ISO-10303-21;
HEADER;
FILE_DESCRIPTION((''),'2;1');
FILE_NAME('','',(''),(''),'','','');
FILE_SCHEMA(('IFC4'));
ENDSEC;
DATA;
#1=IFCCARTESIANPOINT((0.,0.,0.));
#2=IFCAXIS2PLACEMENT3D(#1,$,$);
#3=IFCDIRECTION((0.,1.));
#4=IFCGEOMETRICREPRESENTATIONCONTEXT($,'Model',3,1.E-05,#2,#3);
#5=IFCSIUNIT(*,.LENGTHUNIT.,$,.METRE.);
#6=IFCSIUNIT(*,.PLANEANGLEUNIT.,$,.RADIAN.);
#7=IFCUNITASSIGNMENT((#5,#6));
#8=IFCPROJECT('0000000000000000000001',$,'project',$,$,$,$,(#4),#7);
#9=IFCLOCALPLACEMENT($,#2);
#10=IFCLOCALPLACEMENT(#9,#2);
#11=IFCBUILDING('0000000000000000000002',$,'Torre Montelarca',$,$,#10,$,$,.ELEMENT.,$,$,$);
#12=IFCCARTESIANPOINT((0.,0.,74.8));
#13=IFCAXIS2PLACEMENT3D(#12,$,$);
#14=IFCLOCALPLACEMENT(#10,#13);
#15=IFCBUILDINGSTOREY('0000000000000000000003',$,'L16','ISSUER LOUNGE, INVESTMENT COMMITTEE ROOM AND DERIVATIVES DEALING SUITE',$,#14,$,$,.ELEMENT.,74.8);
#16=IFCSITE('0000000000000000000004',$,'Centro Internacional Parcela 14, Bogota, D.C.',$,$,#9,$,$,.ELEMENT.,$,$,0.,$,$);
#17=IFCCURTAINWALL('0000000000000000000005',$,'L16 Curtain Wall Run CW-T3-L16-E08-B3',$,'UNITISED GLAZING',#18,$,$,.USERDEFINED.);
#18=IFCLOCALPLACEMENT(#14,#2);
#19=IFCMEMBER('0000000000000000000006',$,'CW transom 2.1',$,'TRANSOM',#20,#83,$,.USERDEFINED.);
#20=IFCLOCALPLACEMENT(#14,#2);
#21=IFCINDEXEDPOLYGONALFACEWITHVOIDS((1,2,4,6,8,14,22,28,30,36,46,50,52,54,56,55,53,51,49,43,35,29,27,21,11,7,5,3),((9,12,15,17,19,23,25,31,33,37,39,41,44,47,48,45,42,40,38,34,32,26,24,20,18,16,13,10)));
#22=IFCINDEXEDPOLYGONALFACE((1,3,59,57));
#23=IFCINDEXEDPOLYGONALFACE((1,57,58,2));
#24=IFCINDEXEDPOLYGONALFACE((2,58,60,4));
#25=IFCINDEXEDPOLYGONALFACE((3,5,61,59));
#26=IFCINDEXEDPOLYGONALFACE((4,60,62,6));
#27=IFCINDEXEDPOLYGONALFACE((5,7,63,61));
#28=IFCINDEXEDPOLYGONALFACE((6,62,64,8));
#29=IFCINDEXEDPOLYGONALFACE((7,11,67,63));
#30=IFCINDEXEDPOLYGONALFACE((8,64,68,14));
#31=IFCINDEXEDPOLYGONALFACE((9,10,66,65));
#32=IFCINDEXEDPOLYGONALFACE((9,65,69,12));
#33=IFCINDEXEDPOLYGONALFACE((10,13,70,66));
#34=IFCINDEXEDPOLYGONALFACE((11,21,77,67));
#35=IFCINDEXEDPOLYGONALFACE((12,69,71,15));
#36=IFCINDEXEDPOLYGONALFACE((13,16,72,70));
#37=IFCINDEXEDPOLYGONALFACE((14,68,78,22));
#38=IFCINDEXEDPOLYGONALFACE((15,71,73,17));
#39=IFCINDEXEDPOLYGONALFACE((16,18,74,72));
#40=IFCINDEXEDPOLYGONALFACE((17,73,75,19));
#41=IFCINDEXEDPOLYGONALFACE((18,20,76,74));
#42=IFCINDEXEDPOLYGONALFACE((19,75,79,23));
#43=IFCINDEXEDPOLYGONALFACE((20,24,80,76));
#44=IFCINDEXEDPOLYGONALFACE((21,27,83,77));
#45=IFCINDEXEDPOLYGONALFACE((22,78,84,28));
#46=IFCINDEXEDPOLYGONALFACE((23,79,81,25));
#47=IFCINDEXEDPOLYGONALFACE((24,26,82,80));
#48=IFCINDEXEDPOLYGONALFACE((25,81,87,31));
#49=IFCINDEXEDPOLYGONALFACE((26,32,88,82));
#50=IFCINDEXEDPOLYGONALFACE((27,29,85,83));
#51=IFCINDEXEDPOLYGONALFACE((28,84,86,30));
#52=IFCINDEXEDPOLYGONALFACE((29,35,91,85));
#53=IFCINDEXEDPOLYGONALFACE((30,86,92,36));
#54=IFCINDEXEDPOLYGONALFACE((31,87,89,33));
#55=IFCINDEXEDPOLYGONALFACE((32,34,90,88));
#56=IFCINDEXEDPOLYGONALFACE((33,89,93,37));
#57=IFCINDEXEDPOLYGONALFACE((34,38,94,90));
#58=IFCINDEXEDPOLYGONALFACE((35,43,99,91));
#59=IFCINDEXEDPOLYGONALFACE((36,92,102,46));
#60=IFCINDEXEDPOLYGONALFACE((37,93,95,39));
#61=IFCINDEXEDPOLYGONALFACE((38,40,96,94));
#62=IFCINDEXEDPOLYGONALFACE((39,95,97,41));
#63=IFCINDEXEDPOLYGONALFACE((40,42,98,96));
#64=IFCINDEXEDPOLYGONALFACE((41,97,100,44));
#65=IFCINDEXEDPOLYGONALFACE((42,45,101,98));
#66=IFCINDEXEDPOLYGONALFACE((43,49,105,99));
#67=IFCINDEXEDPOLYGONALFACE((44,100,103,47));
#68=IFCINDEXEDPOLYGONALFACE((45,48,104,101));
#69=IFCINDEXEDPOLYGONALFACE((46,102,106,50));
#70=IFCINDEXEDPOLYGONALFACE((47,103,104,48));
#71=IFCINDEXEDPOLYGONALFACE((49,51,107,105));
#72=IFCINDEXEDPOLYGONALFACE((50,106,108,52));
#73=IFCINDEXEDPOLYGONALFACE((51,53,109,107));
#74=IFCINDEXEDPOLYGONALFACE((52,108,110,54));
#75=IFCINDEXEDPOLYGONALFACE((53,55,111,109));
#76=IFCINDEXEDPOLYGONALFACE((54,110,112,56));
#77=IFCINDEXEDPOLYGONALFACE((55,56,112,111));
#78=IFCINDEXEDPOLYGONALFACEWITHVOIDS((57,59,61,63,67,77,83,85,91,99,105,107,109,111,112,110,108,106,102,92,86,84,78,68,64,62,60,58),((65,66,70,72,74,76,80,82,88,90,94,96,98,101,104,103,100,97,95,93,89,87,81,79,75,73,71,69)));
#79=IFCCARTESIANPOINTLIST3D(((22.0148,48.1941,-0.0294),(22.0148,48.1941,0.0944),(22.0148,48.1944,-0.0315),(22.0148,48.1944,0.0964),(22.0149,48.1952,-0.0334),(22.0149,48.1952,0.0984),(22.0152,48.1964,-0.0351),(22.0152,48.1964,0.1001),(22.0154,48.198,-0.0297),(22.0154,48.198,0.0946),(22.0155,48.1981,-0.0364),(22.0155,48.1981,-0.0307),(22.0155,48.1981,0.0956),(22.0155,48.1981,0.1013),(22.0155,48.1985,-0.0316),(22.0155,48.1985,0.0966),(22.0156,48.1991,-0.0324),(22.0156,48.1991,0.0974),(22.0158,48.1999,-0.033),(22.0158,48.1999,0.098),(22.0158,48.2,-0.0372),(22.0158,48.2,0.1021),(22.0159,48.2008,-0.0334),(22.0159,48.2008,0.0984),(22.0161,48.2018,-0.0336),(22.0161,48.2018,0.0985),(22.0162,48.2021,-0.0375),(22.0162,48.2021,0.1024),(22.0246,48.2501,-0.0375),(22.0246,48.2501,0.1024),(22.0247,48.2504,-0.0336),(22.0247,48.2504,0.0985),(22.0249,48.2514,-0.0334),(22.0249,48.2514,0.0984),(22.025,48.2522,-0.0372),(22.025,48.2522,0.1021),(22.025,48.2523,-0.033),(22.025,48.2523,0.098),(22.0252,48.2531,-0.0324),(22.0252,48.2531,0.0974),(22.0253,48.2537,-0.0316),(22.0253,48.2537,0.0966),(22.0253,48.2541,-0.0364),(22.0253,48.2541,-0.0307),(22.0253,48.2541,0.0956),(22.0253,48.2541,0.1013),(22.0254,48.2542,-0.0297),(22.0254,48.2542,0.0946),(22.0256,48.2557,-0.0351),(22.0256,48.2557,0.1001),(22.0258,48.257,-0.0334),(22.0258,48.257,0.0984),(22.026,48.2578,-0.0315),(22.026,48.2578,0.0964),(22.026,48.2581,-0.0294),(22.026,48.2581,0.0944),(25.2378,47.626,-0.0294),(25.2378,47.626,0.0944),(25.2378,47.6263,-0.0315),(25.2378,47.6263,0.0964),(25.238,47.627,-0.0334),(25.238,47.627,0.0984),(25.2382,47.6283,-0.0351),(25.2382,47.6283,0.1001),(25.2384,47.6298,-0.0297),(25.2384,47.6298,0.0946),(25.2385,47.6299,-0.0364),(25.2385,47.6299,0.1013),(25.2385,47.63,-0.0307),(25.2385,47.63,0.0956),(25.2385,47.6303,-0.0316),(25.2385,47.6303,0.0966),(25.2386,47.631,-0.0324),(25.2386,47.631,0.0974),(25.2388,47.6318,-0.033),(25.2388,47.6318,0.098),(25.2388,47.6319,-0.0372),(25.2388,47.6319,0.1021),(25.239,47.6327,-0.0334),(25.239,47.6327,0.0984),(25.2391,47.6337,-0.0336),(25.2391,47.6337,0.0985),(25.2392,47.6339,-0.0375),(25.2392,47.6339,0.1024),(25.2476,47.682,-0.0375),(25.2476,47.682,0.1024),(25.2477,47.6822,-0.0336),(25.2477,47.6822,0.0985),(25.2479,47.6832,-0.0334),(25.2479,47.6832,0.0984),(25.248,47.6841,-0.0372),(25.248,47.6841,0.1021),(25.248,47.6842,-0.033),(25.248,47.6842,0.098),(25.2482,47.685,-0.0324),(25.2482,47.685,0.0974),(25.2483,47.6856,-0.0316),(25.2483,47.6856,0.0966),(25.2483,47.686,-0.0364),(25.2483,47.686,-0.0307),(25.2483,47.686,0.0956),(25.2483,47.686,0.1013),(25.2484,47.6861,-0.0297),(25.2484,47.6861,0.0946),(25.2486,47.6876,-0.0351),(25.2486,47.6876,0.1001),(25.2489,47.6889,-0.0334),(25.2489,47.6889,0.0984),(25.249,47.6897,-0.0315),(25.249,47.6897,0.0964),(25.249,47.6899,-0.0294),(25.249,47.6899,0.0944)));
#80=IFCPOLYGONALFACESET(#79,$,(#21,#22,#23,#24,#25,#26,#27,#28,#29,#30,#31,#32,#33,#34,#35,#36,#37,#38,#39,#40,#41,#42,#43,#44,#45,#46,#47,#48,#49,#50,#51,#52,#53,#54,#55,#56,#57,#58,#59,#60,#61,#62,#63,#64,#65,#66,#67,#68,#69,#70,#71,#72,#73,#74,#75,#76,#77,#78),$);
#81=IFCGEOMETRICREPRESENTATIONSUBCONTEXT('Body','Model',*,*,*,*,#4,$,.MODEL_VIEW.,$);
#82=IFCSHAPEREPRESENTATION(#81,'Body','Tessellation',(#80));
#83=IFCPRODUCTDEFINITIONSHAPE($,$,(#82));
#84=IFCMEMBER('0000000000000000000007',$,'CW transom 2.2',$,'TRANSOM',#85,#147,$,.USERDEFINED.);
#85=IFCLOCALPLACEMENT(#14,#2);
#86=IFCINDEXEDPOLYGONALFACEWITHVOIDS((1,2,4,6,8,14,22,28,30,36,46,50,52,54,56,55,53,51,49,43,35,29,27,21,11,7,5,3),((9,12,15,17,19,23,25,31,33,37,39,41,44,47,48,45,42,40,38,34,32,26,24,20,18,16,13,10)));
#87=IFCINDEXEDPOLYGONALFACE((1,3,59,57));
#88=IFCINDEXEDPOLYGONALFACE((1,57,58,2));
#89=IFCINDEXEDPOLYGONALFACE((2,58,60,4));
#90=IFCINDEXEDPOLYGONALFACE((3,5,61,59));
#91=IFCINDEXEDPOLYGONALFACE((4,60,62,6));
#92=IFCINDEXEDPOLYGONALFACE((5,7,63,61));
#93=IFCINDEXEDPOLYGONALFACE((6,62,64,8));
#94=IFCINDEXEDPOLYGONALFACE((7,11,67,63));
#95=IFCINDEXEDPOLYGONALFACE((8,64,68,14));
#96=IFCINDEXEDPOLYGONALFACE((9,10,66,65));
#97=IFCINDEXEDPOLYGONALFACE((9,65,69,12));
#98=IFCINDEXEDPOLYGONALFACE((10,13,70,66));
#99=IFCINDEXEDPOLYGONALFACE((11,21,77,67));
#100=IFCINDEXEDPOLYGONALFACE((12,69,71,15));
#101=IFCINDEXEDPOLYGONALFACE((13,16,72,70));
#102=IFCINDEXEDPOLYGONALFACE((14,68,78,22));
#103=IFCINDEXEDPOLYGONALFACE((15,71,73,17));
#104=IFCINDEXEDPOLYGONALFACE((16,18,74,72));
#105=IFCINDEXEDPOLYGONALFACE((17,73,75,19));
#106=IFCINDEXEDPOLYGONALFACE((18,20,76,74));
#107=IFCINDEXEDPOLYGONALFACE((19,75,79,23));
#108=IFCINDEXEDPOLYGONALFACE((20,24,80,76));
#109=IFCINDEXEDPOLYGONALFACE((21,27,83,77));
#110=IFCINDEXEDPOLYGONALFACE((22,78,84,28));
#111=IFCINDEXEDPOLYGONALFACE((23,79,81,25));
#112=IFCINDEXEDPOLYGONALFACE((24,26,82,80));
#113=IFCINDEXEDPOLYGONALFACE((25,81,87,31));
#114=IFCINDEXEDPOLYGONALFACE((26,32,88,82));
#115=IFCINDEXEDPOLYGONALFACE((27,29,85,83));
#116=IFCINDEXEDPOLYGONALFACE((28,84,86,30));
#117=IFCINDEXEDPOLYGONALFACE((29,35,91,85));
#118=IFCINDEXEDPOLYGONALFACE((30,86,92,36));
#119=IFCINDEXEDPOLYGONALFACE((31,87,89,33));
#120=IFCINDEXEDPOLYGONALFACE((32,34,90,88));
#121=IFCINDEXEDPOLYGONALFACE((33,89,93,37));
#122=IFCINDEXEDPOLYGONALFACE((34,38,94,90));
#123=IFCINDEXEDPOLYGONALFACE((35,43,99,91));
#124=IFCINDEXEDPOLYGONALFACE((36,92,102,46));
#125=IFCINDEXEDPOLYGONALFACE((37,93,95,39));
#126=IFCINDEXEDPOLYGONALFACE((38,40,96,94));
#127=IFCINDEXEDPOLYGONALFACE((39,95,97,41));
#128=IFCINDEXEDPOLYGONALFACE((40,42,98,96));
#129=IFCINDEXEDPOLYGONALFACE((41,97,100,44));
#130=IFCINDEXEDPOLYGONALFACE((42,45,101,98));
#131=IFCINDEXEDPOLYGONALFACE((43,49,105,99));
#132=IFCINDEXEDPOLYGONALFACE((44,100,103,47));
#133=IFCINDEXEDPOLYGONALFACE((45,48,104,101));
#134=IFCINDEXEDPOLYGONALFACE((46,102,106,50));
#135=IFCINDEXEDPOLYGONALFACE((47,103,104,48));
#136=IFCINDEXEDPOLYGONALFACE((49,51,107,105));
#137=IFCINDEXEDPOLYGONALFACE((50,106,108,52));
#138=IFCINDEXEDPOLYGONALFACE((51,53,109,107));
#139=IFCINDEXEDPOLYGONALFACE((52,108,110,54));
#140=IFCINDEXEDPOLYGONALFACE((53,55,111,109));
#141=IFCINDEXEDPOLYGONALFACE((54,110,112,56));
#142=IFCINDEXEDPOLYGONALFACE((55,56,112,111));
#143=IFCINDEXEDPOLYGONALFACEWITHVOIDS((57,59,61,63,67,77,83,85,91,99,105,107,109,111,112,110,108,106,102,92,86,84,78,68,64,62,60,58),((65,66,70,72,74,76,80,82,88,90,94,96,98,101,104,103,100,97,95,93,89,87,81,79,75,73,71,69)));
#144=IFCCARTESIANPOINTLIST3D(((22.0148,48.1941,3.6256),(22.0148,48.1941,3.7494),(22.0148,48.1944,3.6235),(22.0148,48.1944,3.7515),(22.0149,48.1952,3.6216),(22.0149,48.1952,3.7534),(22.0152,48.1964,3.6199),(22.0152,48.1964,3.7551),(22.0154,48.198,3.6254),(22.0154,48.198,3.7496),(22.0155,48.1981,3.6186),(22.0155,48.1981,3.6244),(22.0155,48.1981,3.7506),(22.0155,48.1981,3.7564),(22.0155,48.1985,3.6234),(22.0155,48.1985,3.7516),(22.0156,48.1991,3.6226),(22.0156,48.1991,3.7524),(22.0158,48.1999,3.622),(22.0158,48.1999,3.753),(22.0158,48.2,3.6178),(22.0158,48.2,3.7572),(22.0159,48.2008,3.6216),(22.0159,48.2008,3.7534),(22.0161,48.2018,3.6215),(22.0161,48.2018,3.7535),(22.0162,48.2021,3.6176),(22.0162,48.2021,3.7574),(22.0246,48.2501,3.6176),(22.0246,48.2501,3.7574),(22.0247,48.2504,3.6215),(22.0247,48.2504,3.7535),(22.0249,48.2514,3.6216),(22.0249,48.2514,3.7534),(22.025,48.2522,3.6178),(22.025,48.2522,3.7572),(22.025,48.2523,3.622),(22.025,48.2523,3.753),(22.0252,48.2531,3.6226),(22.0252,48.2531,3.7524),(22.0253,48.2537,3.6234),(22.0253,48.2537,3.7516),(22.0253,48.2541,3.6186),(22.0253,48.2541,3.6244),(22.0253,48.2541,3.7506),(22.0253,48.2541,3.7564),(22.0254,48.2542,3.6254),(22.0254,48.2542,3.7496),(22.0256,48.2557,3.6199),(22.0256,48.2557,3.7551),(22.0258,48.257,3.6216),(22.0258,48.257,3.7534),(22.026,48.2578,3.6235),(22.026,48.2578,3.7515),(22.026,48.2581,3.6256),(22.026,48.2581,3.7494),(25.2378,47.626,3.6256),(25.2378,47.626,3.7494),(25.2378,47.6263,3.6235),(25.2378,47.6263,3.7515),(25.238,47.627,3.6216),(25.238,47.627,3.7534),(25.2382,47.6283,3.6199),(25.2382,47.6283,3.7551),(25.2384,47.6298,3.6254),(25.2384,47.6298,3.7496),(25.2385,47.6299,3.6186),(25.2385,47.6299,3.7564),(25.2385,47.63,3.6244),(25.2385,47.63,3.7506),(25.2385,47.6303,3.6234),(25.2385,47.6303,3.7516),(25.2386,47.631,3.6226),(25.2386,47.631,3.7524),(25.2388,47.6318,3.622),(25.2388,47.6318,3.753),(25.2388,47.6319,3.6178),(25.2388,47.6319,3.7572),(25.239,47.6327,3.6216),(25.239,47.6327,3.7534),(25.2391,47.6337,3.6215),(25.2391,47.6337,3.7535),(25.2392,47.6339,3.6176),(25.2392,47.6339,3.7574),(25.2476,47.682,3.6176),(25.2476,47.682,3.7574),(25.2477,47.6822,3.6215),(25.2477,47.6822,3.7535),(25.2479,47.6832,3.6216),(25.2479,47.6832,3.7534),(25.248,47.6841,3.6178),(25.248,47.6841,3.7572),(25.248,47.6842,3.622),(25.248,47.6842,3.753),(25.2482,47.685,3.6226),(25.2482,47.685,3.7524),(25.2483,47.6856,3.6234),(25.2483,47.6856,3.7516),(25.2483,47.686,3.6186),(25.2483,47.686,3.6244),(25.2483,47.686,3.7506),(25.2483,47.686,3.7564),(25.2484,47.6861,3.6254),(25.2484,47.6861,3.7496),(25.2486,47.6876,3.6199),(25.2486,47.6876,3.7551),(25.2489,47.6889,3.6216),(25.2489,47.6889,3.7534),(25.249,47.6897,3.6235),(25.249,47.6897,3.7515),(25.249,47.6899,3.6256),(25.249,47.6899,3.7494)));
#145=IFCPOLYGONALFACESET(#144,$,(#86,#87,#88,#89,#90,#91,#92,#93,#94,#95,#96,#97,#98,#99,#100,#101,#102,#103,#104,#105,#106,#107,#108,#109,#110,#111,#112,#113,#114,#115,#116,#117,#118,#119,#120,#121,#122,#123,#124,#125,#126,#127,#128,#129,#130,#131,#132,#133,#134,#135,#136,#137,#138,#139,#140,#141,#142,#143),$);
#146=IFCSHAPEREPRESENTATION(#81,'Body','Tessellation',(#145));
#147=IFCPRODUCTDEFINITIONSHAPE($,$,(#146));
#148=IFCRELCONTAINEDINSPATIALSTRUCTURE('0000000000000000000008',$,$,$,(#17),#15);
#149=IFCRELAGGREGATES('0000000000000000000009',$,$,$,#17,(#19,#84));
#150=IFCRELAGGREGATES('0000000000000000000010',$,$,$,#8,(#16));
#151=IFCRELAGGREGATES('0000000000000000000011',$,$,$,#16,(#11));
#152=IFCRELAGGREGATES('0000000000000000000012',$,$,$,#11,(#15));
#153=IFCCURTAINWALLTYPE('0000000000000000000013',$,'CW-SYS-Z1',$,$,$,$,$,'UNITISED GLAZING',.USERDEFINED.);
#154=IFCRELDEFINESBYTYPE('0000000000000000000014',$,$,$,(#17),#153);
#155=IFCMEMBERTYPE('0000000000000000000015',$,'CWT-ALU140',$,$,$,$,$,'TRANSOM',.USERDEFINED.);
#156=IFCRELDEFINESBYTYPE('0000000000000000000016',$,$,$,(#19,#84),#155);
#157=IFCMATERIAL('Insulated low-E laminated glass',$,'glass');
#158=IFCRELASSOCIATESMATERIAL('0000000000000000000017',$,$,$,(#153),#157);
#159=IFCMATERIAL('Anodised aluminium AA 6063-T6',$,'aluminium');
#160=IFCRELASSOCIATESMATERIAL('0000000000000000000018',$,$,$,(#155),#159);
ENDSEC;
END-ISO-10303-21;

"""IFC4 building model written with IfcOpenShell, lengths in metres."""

from ifc_helpers import new_model, si_unit, direction, frame, origin, origin_2d, place, context, subcontext, project, spatial, hollow_rectangle, extrude, source, transform, mapped, material, material_profile, profile_set, type_object, element, aggregate, save


model = new_model("IFC4")

# Units and contexts
model_context = context("Model", 3, precision=1e-05, world=origin(), true_north=direction((0.0, 1.0)))
body_context = subcontext(model_context, "Body", "Model", "MODEL_VIEW")
ifc_project = project(units=[si_unit("LENGTHUNIT", "METRE"), si_unit("PLANEANGLEUNIT", "RADIAN")], contexts=[model_context])

# Site, building, storey
site_placement = place(None, origin())
site = spatial("IfcSite", under=ifc_project, at=site_placement, Name="Centro Internacional Parcela 14, Bogota, D.C.", CompositionType="ELEMENT", RefElevation=0.0)
building_placement = place(site_placement, origin())
building = spatial("IfcBuilding", under=site, at=building_placement, Name="Torre Montelarca", CompositionType="ELEMENT")
storey_placement = place(building_placement, frame((0.0, 0.0, 74.8)))
storey = spatial("IfcBuildingStorey", under=building, at=storey_placement, Name="L16", Description="ISSUER LOUNGE, INVESTMENT COMMITTEE ROOM AND DERIVATIVES DEALING SUITE", CompositionType="ELEMENT", Elevation=74.8)

# Curtain wall, members
ifc_material_1 = material(Name="Insulated low-E laminated glass", Category="glass")
curtain_wall_type = type_object("IfcCurtainWallType", Name="CW-SYS-Z1", ElementType="UNITISED GLAZING", PredefinedType="USERDEFINED", material=ifc_material_1)
ifc_material_2 = material(Name="Anodised aluminium AA 6063-T6", Category="aluminium")
ifc_material_profile_1 = material_profile(ifc_material_2, hollow_rectangle(XDim=0.0649, YDim=0.1399, WallThickness=0.0039, InnerFilletRadius=0.0039, OuterFilletRadius=0.0081, at=origin_2d()), Name="ALU65X140X4", Category="aluminium")
ifc_profile_set_1 = profile_set([ifc_material_profile_1], Name="Anodised aluminium AA 6063-T6")
member_type_1 = type_object("IfcMemberType", Name="CWT-ALU140", ElementType="TRANSOM", PredefinedType="USERDEFINED", material=ifc_profile_set_1)
shared_shape_1 = source(origin(), body_context, "Body", "SweptSolid", [
    extrude(hollow_rectangle(XDim=0.0649, YDim=0.1399, WallThickness=0.0039, InnerFilletRadius=0.0039, OuterFilletRadius=0.0081, at=origin_2d()), origin(), (0.0, 0.0, 1.0), 3.2727),
])
curtain_wall_1_placement = place(storey_placement, origin())
curtain_wall_1 = element("IfcCurtainWall", 1, at=curtain_wall_1_placement, inside=storey, type_object=curtain_wall_type, Name="L16 Curtain Wall Run CW-T3-L16-E08-B3", ObjectType="UNITISED GLAZING", PredefinedType="USERDEFINED")
member_1_placement = place(storey_placement, frame((25.2434, 47.658, 0.0325), z_axis=(-0.984817, 0.173598, 0.0), x_axis=(-0.173598, -0.984817, 0.0)))
member_1 = element("IfcMember", 2, at=member_1_placement, type_object=member_type_1, Name="CW transom 2.1", ObjectType="TRANSOM", PredefinedType="USERDEFINED", context=body_context, shape_type="MappedRepresentation", body=[
    mapped(shared_shape_1, transform((0.0, 0.0, 0.0), scale=1.0)),
])
member_2_placement = place(storey_placement, frame((25.2434, 47.658, 3.6875), z_axis=(-0.984817, 0.173598, 0.0), x_axis=(-0.173598, -0.984817, 0.0)))
member_2 = element("IfcMember", 3, at=member_2_placement, type_object=member_type_1, Name="CW transom 2.2", ObjectType="TRANSOM", PredefinedType="USERDEFINED", context=body_context, shape_type="MappedRepresentation", body=[
    mapped(shared_shape_1, transform((0.0, 0.0, 0.0), scale=1.0)),
])

aggregate(curtain_wall_1, [member_1, member_2])

save(model, "model.ifc")
